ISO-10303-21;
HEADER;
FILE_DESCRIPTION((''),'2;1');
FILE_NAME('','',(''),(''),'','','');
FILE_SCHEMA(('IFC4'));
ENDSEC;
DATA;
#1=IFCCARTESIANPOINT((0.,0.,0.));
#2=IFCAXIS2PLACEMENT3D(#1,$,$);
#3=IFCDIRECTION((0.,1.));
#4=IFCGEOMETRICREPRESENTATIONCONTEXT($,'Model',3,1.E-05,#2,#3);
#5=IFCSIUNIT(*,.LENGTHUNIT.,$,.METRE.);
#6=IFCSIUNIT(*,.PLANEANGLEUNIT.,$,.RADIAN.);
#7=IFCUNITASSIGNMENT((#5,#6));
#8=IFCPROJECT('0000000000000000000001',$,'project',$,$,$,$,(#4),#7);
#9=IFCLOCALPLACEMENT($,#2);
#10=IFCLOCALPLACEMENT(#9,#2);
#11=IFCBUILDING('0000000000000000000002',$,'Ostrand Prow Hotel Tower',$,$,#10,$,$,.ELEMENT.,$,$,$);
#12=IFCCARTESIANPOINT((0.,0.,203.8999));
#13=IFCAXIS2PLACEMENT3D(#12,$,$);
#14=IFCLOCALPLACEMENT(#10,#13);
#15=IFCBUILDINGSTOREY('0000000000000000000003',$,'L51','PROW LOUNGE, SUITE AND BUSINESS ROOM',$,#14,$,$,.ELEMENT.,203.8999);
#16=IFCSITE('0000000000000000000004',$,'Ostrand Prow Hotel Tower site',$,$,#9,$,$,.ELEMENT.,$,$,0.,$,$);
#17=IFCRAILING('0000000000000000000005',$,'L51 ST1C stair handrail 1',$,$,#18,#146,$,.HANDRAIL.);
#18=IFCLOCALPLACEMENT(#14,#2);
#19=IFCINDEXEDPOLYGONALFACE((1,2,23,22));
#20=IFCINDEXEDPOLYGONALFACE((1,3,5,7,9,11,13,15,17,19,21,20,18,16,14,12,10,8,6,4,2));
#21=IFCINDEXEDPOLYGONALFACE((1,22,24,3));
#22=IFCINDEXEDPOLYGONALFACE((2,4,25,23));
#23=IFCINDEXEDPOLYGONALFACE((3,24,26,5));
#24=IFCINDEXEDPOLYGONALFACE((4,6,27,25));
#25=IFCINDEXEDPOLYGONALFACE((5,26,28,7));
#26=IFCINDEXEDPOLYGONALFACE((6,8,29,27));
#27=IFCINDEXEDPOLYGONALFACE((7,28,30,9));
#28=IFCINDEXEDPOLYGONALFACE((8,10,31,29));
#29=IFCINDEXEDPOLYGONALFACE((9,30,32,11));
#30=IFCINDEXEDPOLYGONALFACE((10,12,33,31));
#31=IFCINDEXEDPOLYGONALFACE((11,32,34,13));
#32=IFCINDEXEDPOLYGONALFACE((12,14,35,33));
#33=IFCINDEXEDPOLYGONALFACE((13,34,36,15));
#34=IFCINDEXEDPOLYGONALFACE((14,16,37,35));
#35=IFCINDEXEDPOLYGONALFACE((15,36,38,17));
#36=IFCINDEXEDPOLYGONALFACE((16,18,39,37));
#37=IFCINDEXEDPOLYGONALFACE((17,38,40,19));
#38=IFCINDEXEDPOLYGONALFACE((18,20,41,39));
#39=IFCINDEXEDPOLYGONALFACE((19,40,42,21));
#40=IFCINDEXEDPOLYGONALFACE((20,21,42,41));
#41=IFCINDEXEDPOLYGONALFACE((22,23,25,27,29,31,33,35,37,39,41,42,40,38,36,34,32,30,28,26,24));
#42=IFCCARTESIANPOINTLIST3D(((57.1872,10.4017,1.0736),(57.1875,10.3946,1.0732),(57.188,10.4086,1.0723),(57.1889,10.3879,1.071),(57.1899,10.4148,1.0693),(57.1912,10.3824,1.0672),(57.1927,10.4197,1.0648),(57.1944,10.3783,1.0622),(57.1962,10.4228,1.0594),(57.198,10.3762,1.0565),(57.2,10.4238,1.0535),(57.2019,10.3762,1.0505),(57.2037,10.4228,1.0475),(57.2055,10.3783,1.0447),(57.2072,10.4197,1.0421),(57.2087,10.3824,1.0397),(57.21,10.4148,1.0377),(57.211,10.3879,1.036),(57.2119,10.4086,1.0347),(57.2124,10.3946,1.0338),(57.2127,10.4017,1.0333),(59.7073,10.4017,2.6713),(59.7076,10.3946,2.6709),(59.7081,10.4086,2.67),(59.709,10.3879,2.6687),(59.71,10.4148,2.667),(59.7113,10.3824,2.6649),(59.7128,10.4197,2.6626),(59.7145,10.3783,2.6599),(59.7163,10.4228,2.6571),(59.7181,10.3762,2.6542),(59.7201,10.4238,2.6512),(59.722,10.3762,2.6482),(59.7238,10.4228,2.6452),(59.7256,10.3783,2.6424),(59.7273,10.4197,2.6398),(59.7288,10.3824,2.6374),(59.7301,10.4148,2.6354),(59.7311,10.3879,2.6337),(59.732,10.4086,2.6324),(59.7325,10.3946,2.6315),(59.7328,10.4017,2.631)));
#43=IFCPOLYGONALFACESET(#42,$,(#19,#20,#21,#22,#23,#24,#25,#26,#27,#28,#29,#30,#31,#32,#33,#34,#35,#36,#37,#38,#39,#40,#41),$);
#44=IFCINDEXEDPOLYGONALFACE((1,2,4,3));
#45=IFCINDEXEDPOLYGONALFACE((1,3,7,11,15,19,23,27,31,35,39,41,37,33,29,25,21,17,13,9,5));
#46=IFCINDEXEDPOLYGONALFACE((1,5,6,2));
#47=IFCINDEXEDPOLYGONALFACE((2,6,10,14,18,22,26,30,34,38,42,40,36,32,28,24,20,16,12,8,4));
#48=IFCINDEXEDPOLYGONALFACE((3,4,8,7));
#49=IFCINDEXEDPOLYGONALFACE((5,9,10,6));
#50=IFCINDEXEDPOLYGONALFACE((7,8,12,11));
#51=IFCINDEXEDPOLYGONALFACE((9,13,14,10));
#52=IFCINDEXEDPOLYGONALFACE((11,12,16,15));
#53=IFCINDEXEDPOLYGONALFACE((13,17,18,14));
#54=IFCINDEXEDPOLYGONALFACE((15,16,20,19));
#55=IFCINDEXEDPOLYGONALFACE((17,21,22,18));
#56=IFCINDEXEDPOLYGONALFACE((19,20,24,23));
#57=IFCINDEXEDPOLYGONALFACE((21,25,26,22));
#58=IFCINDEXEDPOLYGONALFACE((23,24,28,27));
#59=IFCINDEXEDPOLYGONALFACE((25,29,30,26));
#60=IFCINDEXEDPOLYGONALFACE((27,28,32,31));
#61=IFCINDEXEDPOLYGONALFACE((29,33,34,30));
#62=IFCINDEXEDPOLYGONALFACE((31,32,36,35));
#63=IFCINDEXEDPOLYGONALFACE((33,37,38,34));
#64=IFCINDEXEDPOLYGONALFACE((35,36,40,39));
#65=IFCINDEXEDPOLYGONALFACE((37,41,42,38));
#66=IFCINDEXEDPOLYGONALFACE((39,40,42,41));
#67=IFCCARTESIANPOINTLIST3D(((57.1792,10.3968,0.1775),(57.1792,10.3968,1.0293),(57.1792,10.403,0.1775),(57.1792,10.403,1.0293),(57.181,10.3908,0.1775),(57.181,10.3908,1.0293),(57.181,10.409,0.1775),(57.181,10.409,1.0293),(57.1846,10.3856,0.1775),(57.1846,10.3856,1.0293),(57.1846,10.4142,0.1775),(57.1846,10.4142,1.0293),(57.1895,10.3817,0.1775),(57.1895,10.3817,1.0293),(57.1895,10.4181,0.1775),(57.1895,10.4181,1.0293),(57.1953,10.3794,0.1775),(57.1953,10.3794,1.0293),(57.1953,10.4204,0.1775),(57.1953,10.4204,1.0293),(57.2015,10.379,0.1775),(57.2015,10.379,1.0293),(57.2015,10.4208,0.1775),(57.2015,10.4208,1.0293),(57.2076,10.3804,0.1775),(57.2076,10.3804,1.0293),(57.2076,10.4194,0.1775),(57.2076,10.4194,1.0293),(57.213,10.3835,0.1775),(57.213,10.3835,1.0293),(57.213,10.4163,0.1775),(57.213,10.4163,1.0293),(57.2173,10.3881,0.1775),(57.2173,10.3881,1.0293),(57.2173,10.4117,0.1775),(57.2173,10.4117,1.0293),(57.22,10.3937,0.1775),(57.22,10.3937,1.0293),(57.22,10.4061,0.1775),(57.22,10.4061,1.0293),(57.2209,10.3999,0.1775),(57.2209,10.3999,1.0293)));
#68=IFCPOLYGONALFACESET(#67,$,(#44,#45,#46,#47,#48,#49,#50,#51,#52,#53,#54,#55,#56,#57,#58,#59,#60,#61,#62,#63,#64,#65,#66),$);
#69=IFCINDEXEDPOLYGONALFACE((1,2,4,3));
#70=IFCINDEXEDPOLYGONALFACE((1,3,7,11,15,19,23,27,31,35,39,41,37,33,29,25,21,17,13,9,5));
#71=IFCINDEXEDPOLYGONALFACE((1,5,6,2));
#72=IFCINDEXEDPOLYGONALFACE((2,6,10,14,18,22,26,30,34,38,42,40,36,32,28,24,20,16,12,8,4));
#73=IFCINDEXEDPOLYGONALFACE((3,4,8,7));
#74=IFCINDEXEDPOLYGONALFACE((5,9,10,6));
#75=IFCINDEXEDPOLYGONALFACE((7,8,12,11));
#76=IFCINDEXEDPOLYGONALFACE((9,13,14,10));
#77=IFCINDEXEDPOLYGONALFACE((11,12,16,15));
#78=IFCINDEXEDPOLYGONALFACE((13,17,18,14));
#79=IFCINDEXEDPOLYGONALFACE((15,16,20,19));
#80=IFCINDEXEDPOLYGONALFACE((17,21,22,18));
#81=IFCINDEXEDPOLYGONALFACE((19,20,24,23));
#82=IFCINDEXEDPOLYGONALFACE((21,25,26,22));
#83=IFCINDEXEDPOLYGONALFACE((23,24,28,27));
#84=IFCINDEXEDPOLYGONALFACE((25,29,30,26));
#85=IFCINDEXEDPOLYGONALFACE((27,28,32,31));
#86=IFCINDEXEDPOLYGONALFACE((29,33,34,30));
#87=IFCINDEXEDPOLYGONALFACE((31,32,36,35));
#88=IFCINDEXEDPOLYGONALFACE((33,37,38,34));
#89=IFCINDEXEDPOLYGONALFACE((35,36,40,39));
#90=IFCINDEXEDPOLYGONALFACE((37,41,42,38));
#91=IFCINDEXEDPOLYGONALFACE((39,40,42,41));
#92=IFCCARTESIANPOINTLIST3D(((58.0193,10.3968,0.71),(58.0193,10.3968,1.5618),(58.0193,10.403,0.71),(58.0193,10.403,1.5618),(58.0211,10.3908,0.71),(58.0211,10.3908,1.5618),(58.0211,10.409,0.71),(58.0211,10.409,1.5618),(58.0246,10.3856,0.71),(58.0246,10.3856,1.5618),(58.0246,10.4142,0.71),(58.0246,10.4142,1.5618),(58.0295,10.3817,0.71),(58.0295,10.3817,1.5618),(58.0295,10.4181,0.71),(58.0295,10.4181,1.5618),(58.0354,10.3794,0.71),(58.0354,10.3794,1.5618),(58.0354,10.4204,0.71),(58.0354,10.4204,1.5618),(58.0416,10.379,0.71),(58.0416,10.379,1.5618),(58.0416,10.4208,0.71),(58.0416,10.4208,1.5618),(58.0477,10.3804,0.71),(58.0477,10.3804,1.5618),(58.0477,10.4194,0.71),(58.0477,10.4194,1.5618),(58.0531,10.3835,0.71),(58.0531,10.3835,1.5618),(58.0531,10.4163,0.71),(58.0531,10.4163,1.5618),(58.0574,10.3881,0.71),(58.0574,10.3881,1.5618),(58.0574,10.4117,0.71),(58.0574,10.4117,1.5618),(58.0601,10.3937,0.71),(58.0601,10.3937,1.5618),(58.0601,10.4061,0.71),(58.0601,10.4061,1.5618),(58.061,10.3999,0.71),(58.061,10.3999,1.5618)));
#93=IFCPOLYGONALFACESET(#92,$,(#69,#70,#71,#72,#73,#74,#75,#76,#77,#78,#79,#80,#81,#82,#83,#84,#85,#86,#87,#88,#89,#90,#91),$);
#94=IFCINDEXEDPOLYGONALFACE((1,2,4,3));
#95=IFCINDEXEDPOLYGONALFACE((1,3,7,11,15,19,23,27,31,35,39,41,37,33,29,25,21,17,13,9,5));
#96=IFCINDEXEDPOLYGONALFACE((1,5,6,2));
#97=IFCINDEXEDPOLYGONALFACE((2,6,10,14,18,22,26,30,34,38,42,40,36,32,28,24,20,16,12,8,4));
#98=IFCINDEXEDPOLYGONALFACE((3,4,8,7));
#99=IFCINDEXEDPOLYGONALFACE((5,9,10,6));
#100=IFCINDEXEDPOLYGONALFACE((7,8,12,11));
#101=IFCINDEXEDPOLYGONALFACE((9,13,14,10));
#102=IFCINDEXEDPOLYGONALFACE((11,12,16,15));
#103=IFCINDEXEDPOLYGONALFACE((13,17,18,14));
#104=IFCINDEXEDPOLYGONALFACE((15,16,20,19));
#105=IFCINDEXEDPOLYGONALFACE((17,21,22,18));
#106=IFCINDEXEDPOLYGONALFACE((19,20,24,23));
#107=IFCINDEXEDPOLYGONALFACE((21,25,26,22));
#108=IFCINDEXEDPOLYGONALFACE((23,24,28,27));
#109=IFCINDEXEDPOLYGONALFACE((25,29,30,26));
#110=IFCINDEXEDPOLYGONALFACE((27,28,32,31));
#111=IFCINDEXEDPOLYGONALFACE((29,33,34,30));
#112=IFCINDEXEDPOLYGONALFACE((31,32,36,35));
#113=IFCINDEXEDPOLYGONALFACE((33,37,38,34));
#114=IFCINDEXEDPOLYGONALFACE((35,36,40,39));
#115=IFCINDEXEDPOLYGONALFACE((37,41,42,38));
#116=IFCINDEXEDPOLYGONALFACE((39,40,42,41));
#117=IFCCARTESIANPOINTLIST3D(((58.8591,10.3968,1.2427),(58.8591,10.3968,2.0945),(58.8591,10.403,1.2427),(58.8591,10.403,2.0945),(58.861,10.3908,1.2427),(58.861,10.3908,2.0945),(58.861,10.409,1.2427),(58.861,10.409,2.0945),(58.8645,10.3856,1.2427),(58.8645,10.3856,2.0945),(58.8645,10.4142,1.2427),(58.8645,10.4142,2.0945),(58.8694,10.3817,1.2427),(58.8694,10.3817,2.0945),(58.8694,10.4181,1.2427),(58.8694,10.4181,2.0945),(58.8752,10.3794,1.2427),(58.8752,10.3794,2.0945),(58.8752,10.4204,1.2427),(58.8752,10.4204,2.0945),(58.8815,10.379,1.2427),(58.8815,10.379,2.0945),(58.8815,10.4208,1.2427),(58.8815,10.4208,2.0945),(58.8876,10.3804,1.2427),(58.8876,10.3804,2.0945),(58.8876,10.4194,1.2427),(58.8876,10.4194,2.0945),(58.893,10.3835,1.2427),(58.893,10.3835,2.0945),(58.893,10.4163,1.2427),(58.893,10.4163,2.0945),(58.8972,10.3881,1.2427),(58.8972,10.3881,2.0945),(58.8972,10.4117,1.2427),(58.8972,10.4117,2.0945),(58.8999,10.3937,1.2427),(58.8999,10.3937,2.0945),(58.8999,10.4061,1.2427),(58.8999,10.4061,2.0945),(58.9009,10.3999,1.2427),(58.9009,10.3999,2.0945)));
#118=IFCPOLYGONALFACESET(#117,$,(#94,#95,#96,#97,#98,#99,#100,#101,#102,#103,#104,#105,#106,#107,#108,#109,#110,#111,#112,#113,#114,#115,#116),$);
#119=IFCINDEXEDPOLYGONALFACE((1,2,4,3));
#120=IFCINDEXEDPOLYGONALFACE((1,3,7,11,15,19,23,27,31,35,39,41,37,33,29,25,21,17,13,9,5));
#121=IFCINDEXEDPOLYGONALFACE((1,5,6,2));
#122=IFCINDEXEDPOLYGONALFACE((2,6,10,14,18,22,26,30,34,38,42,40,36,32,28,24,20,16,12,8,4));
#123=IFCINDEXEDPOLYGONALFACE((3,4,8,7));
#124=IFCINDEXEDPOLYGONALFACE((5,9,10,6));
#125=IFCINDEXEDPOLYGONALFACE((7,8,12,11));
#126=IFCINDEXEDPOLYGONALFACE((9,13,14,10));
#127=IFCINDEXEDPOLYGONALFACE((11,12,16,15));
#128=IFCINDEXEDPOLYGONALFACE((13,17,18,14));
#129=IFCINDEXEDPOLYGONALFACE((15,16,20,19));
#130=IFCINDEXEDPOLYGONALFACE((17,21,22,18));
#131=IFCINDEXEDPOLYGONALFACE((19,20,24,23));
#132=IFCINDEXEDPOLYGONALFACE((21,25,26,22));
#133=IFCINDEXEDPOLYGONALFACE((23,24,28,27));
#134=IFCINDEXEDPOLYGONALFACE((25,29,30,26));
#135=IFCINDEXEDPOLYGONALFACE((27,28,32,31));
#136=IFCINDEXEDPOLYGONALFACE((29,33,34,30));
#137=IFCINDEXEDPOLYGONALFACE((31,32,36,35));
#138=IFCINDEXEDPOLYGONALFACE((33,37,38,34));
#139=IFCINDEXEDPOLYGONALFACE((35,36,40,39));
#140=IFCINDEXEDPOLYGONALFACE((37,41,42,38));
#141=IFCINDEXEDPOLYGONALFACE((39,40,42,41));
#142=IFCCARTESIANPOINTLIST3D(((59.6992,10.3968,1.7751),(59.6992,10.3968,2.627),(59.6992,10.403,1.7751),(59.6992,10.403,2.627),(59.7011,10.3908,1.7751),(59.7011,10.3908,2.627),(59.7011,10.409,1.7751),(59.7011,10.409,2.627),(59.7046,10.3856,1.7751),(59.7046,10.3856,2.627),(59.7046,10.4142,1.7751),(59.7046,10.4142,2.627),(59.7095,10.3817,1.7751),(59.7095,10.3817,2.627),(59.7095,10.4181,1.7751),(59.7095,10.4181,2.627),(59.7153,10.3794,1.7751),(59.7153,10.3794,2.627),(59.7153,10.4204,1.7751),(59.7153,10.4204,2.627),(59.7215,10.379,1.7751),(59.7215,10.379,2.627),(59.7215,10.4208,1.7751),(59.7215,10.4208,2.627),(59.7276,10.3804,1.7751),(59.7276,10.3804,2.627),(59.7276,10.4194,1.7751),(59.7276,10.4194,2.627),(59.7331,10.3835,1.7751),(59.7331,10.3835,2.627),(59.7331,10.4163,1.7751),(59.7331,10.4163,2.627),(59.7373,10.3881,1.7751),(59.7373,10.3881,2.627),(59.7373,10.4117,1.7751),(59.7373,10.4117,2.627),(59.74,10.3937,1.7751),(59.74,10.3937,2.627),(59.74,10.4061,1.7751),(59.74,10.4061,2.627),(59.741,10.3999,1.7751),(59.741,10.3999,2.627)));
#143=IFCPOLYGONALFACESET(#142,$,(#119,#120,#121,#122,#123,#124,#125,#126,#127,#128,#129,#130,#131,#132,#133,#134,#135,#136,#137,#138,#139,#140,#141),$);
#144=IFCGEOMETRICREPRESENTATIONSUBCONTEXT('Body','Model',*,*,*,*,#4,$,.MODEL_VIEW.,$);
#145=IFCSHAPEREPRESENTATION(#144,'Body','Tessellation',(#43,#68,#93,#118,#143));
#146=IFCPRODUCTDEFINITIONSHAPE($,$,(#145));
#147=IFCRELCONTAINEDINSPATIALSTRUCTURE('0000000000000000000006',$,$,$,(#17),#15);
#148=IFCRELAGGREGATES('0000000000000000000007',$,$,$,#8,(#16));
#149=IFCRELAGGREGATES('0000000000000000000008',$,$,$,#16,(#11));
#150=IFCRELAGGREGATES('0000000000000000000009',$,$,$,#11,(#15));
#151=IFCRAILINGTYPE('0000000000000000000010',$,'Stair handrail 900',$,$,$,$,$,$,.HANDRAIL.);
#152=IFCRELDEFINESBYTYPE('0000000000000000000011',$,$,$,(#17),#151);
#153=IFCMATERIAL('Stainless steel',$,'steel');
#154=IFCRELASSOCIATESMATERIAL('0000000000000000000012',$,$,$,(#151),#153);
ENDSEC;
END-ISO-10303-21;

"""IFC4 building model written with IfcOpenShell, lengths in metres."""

from ifc_helpers import new_model, si_unit, direction, frame, origin, origin_2d, place, context, subcontext, project, spatial, circle, extrude, material, type_object, element, save


model = new_model("IFC4")

# Units and contexts
model_context = context("Model", 3, precision=1e-05, world=origin(), true_north=direction((0.0, 1.0)))
body_context = subcontext(model_context, "Body", "Model", "MODEL_VIEW")
ifc_project = project(units=[si_unit("LENGTHUNIT", "METRE"), si_unit("PLANEANGLEUNIT", "RADIAN")], contexts=[model_context])

# Site, building, storey
site_placement = place(None, origin())
site = spatial("IfcSite", under=ifc_project, at=site_placement, Name="Ostrand Prow Hotel Tower site", CompositionType="ELEMENT", RefElevation=0.0)
building_placement = place(site_placement, origin())
building = spatial("IfcBuilding", under=site, at=building_placement, Name="Ostrand Prow Hotel Tower", CompositionType="ELEMENT")
storey_placement = place(building_placement, frame((0.0, 0.0, 203.8999)))
storey = spatial("IfcBuildingStorey", under=building, at=storey_placement, Name="L51", Description="PROW LOUNGE, SUITE AND BUSINESS ROOM", CompositionType="ELEMENT", Elevation=203.8999)

# Railing
ifc_material_1 = material(Name="Stainless steel", Category="steel")
railing_type_1 = type_object("IfcRailingType", Name="Stair handrail 900", PredefinedType="HANDRAIL", material=ifc_material_1)
railing_1_placement = place(storey_placement, frame((57.2, 10.3999, 0.1775)))
element("IfcRailing", 1, at=railing_1_placement, inside=storey, type_object=railing_type_1, Name="L51 ST1C stair handrail 1", PredefinedType="HANDRAIL", context=body_context, shape_type="SweptSolid", body=[
    extrude(circle(Radius=0.0239, at=origin_2d()), frame((0.0, 0.0, 0.876), z_axis=(0.84457, 0.0, 0.535445), x_axis=(0.0, 1.0, 0.0)), (0.0, 0.0, 1.0), 2.9839),
    extrude(circle(Radius=0.021, at=origin_2d()), origin(), (0.0, 0.0, 1.0), 0.8518),
    extrude(circle(Radius=0.021, at=origin_2d()), frame((0.8401, 0.0, 0.5325)), (0.0, 0.0, 1.0), 0.8518),
    extrude(circle(Radius=0.021, at=origin_2d()), frame((1.6799, 0.0, 1.0652)), (0.0, 0.0, 1.0), 0.8518),
    extrude(circle(Radius=0.021, at=origin_2d()), frame((2.52, 0.0, 1.5977)), (0.0, 0.0, 1.0), 0.8518),
])

save(model, "model.ifc")
